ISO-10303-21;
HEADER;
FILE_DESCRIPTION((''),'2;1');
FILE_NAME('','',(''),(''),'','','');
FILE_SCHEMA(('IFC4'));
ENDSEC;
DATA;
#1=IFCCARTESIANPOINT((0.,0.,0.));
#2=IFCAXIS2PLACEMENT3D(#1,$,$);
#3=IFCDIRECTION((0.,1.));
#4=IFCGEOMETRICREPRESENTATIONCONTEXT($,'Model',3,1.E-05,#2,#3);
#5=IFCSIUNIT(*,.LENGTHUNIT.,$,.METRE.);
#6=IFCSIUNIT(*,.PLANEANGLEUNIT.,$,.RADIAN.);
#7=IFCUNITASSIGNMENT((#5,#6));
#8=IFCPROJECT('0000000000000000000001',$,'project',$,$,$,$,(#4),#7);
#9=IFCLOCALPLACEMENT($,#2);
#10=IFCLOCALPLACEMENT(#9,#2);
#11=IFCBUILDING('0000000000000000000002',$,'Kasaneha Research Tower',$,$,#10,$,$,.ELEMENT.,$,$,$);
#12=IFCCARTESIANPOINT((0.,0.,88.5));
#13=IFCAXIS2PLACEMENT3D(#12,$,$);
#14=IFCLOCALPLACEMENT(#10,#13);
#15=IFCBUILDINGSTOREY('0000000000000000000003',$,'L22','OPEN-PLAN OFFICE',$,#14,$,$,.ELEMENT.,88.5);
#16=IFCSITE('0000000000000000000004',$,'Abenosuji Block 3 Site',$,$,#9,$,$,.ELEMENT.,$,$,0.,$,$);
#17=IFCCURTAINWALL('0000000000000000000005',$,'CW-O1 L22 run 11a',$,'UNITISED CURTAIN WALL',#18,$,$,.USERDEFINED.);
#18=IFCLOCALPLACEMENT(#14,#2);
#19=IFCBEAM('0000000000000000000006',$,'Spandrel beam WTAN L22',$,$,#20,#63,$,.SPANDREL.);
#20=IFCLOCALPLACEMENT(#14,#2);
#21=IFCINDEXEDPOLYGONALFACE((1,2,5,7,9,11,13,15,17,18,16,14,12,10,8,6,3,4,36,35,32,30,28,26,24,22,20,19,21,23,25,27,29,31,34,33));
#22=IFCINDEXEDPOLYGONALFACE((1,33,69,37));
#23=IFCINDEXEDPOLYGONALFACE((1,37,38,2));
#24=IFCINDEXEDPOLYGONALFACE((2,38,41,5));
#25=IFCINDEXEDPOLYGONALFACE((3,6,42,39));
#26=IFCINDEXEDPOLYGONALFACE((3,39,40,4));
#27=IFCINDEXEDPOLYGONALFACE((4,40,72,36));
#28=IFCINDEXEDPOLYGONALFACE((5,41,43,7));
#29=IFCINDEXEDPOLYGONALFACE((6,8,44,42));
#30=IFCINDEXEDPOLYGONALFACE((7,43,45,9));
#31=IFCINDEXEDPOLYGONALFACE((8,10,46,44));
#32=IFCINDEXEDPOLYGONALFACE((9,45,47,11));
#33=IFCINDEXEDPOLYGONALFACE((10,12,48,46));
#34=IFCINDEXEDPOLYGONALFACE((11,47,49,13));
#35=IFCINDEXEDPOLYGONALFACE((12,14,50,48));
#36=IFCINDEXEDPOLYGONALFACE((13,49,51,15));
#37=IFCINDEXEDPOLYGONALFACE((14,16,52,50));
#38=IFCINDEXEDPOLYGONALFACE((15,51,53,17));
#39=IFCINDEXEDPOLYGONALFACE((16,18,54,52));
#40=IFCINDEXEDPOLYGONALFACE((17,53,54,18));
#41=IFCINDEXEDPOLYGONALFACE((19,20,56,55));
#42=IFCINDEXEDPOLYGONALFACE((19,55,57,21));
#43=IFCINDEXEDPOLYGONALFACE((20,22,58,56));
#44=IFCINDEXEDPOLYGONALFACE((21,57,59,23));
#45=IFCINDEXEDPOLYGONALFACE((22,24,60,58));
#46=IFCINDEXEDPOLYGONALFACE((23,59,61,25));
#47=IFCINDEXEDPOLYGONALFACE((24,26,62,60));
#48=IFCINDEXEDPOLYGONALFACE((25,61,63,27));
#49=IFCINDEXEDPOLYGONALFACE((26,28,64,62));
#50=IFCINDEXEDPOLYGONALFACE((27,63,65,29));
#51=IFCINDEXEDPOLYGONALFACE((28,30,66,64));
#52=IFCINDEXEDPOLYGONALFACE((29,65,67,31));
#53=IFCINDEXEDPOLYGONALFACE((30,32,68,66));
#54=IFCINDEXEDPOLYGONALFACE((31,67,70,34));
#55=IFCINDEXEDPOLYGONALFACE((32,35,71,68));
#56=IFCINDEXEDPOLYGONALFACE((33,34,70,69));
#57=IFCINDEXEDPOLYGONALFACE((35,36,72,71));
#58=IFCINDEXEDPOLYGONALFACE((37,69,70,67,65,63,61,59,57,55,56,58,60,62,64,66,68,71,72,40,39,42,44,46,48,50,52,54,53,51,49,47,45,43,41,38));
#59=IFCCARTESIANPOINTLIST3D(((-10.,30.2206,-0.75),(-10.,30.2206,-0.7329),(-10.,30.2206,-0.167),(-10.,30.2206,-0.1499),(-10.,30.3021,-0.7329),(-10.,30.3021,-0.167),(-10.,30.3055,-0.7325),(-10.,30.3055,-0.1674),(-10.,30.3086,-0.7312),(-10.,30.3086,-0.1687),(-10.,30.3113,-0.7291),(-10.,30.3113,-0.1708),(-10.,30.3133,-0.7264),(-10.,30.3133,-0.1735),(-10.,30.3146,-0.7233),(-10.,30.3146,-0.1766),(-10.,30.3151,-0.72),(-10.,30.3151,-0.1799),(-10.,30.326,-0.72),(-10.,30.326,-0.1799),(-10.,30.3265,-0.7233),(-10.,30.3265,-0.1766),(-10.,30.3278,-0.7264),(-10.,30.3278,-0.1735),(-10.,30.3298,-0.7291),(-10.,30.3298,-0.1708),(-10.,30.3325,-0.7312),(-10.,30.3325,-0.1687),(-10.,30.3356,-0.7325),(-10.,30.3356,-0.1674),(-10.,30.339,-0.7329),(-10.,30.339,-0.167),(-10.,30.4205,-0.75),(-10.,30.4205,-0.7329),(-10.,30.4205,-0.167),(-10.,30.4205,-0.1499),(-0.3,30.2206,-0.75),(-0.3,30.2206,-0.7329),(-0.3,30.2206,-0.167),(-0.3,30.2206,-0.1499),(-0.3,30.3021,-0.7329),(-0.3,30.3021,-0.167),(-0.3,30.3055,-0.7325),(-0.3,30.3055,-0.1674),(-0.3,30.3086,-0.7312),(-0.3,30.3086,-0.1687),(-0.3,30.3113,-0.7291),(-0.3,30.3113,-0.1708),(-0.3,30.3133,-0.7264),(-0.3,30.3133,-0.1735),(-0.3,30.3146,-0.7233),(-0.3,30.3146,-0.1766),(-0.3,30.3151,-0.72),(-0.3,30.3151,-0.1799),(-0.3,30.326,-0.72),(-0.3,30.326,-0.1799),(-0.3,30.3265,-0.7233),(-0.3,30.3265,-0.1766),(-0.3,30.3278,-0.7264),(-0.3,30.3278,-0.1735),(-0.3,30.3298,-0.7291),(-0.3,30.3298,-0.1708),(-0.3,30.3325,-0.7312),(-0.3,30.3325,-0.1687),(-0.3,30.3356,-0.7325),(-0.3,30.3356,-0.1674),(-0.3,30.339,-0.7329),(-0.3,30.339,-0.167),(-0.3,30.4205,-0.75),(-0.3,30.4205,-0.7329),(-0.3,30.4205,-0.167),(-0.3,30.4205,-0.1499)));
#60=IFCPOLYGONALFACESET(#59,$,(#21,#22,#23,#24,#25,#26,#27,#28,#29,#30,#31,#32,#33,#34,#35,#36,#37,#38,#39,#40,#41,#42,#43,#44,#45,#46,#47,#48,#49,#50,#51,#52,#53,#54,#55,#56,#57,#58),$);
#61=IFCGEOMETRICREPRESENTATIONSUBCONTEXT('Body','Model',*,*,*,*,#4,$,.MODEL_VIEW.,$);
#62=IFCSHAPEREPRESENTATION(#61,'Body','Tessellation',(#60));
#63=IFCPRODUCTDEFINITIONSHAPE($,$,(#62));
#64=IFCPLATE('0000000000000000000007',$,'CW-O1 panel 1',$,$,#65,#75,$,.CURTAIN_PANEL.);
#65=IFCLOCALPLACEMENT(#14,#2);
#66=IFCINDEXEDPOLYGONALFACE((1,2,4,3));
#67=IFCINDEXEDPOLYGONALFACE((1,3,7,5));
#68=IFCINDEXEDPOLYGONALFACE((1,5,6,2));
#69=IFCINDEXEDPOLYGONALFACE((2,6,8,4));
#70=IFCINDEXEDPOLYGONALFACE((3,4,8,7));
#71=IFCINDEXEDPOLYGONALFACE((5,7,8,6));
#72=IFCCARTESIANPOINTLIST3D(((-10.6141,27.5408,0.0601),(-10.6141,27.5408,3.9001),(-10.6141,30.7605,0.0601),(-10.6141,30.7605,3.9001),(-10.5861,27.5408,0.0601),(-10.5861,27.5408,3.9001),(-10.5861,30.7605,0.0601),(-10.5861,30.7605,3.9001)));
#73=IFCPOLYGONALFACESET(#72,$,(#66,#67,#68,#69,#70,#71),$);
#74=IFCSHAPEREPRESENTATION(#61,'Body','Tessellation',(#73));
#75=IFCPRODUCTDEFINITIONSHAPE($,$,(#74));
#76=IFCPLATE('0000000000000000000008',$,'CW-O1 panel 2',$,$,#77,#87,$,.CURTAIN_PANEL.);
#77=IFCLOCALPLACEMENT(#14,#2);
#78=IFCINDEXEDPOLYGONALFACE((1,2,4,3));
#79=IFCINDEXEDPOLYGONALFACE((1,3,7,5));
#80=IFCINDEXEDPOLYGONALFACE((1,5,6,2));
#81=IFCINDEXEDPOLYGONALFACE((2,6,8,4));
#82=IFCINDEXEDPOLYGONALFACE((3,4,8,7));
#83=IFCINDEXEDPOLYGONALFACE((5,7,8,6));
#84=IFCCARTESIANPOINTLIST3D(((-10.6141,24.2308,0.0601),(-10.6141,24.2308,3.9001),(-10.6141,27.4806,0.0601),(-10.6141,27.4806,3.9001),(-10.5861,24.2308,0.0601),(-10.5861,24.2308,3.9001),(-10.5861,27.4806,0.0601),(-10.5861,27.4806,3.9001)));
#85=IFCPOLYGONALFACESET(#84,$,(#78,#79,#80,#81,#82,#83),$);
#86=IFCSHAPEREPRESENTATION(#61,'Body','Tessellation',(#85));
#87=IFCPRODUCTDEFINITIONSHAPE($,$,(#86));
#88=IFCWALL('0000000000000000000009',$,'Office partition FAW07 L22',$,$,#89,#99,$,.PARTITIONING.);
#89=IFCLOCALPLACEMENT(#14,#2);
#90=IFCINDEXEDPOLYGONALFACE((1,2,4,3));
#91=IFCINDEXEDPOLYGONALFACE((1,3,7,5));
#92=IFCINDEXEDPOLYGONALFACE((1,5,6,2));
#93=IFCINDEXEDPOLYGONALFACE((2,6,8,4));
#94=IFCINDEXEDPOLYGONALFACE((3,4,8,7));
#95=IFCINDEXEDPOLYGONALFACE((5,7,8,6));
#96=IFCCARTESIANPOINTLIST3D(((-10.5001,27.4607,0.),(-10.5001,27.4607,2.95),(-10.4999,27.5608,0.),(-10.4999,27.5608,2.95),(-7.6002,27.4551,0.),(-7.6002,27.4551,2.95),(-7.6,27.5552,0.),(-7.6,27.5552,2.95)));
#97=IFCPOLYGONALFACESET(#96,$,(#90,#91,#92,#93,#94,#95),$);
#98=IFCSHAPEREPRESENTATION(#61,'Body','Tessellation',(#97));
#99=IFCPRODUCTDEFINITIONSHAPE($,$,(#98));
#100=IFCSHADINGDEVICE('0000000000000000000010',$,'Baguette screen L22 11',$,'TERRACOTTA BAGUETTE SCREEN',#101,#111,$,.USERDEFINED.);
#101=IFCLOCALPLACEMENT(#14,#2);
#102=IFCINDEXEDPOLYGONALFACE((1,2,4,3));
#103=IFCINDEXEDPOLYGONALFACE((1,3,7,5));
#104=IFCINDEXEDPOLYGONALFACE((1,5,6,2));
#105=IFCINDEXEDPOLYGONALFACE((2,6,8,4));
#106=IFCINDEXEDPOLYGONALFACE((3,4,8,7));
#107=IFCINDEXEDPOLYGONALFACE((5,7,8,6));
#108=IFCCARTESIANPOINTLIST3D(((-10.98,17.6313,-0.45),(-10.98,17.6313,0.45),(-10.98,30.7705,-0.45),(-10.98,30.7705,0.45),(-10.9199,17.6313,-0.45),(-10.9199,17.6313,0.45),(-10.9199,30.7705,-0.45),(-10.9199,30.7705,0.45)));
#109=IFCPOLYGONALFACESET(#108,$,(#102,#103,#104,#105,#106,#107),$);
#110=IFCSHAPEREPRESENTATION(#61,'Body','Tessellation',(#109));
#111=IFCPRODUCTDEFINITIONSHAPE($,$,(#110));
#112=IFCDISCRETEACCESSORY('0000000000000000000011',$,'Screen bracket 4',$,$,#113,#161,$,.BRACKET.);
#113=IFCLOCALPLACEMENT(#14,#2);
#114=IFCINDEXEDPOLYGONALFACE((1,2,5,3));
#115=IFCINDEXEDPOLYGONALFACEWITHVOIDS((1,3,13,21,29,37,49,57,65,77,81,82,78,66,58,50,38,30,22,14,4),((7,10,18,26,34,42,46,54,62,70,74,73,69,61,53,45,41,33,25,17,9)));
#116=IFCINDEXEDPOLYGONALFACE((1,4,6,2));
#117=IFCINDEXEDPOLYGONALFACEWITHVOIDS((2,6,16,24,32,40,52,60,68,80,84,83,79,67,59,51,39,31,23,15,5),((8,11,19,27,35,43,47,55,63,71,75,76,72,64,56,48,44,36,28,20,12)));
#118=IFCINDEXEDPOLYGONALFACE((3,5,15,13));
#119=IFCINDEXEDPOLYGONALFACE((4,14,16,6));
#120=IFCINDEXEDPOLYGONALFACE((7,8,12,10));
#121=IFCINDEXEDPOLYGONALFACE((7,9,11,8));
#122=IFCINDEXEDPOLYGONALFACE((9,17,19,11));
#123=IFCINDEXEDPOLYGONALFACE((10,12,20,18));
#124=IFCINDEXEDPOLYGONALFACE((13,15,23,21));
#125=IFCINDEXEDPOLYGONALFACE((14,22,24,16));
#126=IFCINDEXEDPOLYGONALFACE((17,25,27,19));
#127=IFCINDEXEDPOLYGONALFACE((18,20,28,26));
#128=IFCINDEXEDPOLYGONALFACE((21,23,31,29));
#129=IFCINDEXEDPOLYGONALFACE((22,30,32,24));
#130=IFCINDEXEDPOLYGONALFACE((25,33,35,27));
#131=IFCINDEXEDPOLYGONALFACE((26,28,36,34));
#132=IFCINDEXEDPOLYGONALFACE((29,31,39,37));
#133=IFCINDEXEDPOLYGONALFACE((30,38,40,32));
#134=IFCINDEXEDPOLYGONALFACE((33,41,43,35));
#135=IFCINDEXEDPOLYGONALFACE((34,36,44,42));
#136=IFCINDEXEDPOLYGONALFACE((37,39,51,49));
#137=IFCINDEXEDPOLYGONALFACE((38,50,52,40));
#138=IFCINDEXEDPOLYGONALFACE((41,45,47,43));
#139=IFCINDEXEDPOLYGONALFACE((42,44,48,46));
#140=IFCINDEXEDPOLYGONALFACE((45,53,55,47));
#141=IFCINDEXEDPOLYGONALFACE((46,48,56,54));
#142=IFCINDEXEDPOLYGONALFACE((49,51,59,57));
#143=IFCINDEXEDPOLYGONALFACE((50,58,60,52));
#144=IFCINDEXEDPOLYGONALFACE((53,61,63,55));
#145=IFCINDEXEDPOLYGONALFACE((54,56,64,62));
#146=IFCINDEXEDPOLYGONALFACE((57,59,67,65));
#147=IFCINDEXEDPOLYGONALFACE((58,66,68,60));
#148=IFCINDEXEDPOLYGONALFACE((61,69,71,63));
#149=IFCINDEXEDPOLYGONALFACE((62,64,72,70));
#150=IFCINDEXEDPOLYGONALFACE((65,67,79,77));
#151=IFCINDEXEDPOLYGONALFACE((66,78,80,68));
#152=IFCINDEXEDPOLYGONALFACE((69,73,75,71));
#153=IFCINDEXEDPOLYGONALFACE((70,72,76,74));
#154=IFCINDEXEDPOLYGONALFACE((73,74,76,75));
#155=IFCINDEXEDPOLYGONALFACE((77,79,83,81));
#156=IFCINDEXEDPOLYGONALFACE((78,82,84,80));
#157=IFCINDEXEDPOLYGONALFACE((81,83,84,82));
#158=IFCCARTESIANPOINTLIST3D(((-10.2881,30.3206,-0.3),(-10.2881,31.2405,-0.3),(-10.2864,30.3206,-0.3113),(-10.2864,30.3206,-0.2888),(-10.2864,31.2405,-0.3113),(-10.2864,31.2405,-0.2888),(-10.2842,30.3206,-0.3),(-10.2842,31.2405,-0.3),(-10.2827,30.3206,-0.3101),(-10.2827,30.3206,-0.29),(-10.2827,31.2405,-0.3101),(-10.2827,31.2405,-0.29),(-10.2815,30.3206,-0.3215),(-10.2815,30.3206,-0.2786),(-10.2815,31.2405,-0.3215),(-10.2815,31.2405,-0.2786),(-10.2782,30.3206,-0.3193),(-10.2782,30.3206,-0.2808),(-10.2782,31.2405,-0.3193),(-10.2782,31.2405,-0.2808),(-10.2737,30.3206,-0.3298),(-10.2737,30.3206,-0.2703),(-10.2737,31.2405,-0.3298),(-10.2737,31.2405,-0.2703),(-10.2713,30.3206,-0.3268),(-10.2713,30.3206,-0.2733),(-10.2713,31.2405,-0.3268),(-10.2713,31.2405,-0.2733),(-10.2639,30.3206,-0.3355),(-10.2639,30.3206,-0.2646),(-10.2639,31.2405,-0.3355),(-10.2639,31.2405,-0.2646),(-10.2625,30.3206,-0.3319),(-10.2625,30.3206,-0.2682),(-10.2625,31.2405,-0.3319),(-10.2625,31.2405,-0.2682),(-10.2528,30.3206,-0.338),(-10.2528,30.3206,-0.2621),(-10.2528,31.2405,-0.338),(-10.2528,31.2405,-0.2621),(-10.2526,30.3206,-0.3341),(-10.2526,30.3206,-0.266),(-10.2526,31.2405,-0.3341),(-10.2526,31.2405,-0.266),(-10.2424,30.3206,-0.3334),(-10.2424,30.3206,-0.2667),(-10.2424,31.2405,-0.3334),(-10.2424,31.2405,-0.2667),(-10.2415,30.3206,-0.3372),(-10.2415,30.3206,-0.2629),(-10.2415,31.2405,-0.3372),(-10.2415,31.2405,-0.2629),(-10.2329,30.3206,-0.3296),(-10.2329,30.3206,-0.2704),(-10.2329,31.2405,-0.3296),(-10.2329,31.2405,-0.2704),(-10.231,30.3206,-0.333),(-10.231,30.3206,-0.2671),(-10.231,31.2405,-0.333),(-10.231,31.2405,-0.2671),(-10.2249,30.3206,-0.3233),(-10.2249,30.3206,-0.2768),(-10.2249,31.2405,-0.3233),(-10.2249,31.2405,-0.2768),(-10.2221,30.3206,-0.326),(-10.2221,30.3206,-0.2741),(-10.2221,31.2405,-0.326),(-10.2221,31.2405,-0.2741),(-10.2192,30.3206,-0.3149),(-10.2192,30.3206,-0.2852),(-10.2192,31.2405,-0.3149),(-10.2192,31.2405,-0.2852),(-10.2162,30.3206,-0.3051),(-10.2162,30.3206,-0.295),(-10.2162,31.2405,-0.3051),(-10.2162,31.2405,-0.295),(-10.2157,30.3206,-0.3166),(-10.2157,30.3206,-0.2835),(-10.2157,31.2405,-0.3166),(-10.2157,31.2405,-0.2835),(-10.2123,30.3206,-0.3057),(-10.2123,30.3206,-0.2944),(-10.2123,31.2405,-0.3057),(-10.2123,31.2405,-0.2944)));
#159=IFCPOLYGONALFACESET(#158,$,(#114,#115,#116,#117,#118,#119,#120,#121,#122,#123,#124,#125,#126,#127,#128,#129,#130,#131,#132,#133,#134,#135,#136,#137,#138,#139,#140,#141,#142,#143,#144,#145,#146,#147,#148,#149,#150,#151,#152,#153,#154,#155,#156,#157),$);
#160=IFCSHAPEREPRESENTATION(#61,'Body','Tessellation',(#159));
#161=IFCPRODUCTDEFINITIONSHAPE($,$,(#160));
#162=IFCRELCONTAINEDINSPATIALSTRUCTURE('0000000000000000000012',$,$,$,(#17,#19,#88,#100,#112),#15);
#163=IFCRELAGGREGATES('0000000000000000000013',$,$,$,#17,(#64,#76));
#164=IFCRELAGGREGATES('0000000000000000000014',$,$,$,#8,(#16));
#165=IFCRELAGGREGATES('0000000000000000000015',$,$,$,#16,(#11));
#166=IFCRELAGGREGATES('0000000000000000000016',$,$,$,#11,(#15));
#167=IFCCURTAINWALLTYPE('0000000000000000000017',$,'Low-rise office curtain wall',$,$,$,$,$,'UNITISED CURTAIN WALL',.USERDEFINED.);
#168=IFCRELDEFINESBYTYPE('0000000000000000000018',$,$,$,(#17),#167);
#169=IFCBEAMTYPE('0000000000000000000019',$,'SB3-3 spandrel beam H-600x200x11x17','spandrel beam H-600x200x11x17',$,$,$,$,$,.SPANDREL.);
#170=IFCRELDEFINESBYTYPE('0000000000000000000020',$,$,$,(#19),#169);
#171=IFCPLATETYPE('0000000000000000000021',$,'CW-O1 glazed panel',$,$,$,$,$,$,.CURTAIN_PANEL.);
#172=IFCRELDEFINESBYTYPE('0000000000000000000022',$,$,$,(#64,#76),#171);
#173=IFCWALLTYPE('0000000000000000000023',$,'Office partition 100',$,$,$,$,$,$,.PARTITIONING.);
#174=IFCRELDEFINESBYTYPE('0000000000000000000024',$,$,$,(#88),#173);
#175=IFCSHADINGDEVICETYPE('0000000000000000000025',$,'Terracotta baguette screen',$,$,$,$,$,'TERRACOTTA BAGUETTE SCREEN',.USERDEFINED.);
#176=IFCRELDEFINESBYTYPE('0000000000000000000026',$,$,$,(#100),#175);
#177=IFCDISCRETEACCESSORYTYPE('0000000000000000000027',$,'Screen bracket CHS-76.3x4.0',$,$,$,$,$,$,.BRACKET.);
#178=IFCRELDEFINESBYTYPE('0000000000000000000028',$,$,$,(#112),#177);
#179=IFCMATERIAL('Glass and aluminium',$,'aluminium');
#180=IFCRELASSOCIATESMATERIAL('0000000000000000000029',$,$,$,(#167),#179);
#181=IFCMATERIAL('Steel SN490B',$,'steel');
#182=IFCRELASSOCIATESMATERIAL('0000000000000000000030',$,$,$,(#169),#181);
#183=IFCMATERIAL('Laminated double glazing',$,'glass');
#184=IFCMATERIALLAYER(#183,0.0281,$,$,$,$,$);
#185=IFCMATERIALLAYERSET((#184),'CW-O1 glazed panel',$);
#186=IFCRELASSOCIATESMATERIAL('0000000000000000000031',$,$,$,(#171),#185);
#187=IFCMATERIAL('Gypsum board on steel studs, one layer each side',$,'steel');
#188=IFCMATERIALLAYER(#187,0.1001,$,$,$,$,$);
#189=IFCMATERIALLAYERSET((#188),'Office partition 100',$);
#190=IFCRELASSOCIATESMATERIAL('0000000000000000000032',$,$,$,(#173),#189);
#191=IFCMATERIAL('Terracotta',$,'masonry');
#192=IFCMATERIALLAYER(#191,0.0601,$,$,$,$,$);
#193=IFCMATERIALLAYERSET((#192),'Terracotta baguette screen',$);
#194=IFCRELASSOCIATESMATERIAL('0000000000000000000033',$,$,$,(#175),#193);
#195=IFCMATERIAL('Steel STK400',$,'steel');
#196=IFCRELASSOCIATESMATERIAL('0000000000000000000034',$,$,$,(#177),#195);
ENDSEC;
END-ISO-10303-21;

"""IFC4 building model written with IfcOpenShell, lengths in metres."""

from ifc_helpers import new_model, si_unit, direction, frame, frame_2d, origin, origin_2d, place, context, subcontext, project, spatial, rectangle, hollow_circle, i_section, extrude, material, layer, layer_set, material_profile, profile_set, type_object, element, aggregate, save


model = new_model("IFC4")

# Units and contexts
model_context = context("Model", 3, precision=1e-05, world=origin(), true_north=direction((0.0, 1.0)))
body_context = subcontext(model_context, "Body", "Model", "MODEL_VIEW")
ifc_project = project(units=[si_unit("LENGTHUNIT", "METRE"), si_unit("PLANEANGLEUNIT", "RADIAN")], contexts=[model_context])

# Site, building, storey
site_placement = place(None, origin())
site = spatial("IfcSite", under=ifc_project, at=site_placement, Name="Abenosuji Block 3 Site", CompositionType="ELEMENT", RefElevation=0.0)
building_placement = place(site_placement, origin())
building = spatial("IfcBuilding", under=site, at=building_placement, Name="Kasaneha Research Tower", CompositionType="ELEMENT")
storey_placement = place(building_placement, frame((0.0, 0.0, 88.5)))
storey = spatial("IfcBuildingStorey", under=building, at=storey_placement, Name="L22", Description="OPEN-PLAN OFFICE", CompositionType="ELEMENT", Elevation=88.5)

# Shared definitions
ifc_material_1 = material(Name="Glass and aluminium", Category="aluminium")
curtain_wall_type = type_object("IfcCurtainWallType", Name="Low-rise office curtain wall", ElementType="UNITISED CURTAIN WALL", PredefinedType="USERDEFINED", material=ifc_material_1)

# Curtain wall
curtain_wall_1_placement = place(storey_placement, origin())
curtain_wall_1 = element("IfcCurtainWall", 1, at=curtain_wall_1_placement, inside=storey, type_object=curtain_wall_type, Name="CW-O1 L22 run 11a", ObjectType="UNITISED CURTAIN WALL", PredefinedType="USERDEFINED")

# Beam
ifc_material_2 = material(Name="Steel SN490B", Category="steel")
ifc_material_profile_1 = material_profile(ifc_material_2, i_section(OverallWidth=0.2, OverallDepth=0.6001, WebThickness=0.011, FlangeThickness=0.0171, FilletRadius=0.0129, at=origin_2d()), Name="H-600x200x11x17")
ifc_profile_set_1 = profile_set([ifc_material_profile_1], Name="Steel SN490B")
beam_type_1 = type_object("IfcBeamType", Name="SB3-3 spandrel beam H-600x200x11x17", Description="spandrel beam H-600x200x11x17", PredefinedType="SPANDREL", material=ifc_profile_set_1)
beam_1_placement = place(storey_placement, frame((-10.0, 30.3206, -0.45), z_axis=(1.0, 0.0, 0.0), x_axis=(0.0, 1.0, 0.0)))
element("IfcBeam", 2, at=beam_1_placement, inside=storey, type_object=beam_type_1, Name="Spandrel beam WTAN L22", PredefinedType="SPANDREL", context=body_context, shape_type="SweptSolid", body=[
    extrude(i_section(OverallWidth=0.2, OverallDepth=0.6001, WebThickness=0.011, FlangeThickness=0.0171, FilletRadius=0.0129, at=origin_2d()), origin(), (0.0, 0.0, 1.0), 9.7),
])

# Plates
ifc_material_3 = material(Name="Laminated double glazing", Category="glass")
ifc_layer_1 = layer(ifc_material_3, 0.0281)
ifc_layer_set_1 = layer_set([ifc_layer_1], Name="CW-O1 glazed panel")
plate_type = type_object("IfcPlateType", Name="CW-O1 glazed panel", PredefinedType="CURTAIN_PANEL", material=ifc_layer_set_1)
plate_1_placement = place(storey_placement, frame((-10.6001, 29.1506, 0.0601), z_axis=(0.0, 0.0, 1.0), x_axis=(0.0, -1.0, 0.0)))
plate_1 = element("IfcPlate", 3, at=plate_1_placement, type_object=plate_type, Name="CW-O1 panel 1", PredefinedType="CURTAIN_PANEL", context=body_context, shape_type="SweptSolid", body=[
    extrude(rectangle(XDim=3.2197, YDim=0.0281, at=origin_2d()), origin(), (0.0, 0.0, 1.0), 3.8401),
])
plate_2_placement = place(storey_placement, frame((-10.6001, 25.8557, 0.0601), z_axis=(0.0, 0.0, 1.0), x_axis=(0.0, -1.0, 0.0)))
plate_2 = element("IfcPlate", 4, at=plate_2_placement, type_object=plate_type, Name="CW-O1 panel 2", PredefinedType="CURTAIN_PANEL", context=body_context, shape_type="SweptSolid", body=[
    extrude(rectangle(XDim=3.2498, YDim=0.0281, at=origin_2d()), origin(), (0.0, 0.0, 1.0), 3.8401),
])
aggregate(curtain_wall_1, [plate_1, plate_2])

# Wall
ifc_material_4 = material(Name="Gypsum board on steel studs, one layer each side", Category="steel")
ifc_layer_2 = layer(ifc_material_4, 0.1001)
ifc_layer_set_2 = layer_set([ifc_layer_2], Name="Office partition 100")
wall_type = type_object("IfcWallType", Name="Office partition 100", PredefinedType="PARTITIONING", material=ifc_layer_set_2)
wall_placement = place(storey_placement, frame((-10.5, 27.5107, 0.0), z_axis=(0.0, 0.0, 1.0), x_axis=(0.999998, -0.001936, 0.0)))
element("IfcWall", 5, at=wall_placement, inside=storey, type_object=wall_type, Name="Office partition FAW07 L22", PredefinedType="PARTITIONING", context=body_context, shape_type="SweptSolid", body=[
    extrude(rectangle(XDim=2.8999, YDim=0.1001, at=frame_2d((1.45, 0.0))), origin(), (0.0, 0.0, 1.0), 2.95),
])

# Shading device
ifc_material_5 = material(Name="Terracotta", Category="masonry")
ifc_layer_3 = layer(ifc_material_5, 0.0601)
ifc_layer_set_3 = layer_set([ifc_layer_3], Name="Terracotta baguette screen")
shading_device_type = type_object("IfcShadingDeviceType", Name="Terracotta baguette screen", ElementType="TERRACOTTA BAGUETTE SCREEN", PredefinedType="USERDEFINED", material=ifc_layer_set_3)
shading_device_placement = place(storey_placement, frame((-10.95, 24.2009, -0.45), z_axis=(0.0, 0.0, 1.0), x_axis=(0.0, -1.0, 0.0)))
element("IfcShadingDevice", 6, at=shading_device_placement, inside=storey, type_object=shading_device_type, Name="Baguette screen L22 11", ObjectType="TERRACOTTA BAGUETTE SCREEN", PredefinedType="USERDEFINED", context=body_context, shape_type="SweptSolid", body=[
    extrude(rectangle(XDim=13.1392, YDim=0.0601, at=origin_2d()), origin(), (0.0, 0.0, 1.0), 0.8999),
])

# Discrete accessory
ifc_material_6 = material(Name="Steel STK400", Category="steel")
ifc_material_profile_2 = material_profile(ifc_material_6, hollow_circle(Radius=0.0381, WallThickness=0.0039, at=origin_2d()), Name="CHS-76.3x4.0")
ifc_profile_set_2 = profile_set([ifc_material_profile_2], Name="Steel STK400")
discrete_accessory_type = type_object("IfcDiscreteAccessoryType", Name="Screen bracket CHS-76.3x4.0", PredefinedType="BRACKET", material=ifc_profile_set_2)
for number, where, z_axis, x_axis, name in (
    (7, (-10.25, 30.3206, -0.3), (0.0, 1.0, 0.0), (-1.0, 0.0, 0.0), "Screen bracket 4"),
):
    element("IfcDiscreteAccessory", number, at=place(storey_placement, frame(where, z_axis=z_axis, x_axis=x_axis)), inside=storey, type_object=discrete_accessory_type, Name=name, PredefinedType="BRACKET", context=body_context, shape_type="SweptSolid", body=[
        extrude(hollow_circle(Radius=0.0381, WallThickness=0.0039, at=origin_2d()), origin(), (0.0, 0.0, 1.0), 0.9199),
    ])

save(model, "model.ifc")
